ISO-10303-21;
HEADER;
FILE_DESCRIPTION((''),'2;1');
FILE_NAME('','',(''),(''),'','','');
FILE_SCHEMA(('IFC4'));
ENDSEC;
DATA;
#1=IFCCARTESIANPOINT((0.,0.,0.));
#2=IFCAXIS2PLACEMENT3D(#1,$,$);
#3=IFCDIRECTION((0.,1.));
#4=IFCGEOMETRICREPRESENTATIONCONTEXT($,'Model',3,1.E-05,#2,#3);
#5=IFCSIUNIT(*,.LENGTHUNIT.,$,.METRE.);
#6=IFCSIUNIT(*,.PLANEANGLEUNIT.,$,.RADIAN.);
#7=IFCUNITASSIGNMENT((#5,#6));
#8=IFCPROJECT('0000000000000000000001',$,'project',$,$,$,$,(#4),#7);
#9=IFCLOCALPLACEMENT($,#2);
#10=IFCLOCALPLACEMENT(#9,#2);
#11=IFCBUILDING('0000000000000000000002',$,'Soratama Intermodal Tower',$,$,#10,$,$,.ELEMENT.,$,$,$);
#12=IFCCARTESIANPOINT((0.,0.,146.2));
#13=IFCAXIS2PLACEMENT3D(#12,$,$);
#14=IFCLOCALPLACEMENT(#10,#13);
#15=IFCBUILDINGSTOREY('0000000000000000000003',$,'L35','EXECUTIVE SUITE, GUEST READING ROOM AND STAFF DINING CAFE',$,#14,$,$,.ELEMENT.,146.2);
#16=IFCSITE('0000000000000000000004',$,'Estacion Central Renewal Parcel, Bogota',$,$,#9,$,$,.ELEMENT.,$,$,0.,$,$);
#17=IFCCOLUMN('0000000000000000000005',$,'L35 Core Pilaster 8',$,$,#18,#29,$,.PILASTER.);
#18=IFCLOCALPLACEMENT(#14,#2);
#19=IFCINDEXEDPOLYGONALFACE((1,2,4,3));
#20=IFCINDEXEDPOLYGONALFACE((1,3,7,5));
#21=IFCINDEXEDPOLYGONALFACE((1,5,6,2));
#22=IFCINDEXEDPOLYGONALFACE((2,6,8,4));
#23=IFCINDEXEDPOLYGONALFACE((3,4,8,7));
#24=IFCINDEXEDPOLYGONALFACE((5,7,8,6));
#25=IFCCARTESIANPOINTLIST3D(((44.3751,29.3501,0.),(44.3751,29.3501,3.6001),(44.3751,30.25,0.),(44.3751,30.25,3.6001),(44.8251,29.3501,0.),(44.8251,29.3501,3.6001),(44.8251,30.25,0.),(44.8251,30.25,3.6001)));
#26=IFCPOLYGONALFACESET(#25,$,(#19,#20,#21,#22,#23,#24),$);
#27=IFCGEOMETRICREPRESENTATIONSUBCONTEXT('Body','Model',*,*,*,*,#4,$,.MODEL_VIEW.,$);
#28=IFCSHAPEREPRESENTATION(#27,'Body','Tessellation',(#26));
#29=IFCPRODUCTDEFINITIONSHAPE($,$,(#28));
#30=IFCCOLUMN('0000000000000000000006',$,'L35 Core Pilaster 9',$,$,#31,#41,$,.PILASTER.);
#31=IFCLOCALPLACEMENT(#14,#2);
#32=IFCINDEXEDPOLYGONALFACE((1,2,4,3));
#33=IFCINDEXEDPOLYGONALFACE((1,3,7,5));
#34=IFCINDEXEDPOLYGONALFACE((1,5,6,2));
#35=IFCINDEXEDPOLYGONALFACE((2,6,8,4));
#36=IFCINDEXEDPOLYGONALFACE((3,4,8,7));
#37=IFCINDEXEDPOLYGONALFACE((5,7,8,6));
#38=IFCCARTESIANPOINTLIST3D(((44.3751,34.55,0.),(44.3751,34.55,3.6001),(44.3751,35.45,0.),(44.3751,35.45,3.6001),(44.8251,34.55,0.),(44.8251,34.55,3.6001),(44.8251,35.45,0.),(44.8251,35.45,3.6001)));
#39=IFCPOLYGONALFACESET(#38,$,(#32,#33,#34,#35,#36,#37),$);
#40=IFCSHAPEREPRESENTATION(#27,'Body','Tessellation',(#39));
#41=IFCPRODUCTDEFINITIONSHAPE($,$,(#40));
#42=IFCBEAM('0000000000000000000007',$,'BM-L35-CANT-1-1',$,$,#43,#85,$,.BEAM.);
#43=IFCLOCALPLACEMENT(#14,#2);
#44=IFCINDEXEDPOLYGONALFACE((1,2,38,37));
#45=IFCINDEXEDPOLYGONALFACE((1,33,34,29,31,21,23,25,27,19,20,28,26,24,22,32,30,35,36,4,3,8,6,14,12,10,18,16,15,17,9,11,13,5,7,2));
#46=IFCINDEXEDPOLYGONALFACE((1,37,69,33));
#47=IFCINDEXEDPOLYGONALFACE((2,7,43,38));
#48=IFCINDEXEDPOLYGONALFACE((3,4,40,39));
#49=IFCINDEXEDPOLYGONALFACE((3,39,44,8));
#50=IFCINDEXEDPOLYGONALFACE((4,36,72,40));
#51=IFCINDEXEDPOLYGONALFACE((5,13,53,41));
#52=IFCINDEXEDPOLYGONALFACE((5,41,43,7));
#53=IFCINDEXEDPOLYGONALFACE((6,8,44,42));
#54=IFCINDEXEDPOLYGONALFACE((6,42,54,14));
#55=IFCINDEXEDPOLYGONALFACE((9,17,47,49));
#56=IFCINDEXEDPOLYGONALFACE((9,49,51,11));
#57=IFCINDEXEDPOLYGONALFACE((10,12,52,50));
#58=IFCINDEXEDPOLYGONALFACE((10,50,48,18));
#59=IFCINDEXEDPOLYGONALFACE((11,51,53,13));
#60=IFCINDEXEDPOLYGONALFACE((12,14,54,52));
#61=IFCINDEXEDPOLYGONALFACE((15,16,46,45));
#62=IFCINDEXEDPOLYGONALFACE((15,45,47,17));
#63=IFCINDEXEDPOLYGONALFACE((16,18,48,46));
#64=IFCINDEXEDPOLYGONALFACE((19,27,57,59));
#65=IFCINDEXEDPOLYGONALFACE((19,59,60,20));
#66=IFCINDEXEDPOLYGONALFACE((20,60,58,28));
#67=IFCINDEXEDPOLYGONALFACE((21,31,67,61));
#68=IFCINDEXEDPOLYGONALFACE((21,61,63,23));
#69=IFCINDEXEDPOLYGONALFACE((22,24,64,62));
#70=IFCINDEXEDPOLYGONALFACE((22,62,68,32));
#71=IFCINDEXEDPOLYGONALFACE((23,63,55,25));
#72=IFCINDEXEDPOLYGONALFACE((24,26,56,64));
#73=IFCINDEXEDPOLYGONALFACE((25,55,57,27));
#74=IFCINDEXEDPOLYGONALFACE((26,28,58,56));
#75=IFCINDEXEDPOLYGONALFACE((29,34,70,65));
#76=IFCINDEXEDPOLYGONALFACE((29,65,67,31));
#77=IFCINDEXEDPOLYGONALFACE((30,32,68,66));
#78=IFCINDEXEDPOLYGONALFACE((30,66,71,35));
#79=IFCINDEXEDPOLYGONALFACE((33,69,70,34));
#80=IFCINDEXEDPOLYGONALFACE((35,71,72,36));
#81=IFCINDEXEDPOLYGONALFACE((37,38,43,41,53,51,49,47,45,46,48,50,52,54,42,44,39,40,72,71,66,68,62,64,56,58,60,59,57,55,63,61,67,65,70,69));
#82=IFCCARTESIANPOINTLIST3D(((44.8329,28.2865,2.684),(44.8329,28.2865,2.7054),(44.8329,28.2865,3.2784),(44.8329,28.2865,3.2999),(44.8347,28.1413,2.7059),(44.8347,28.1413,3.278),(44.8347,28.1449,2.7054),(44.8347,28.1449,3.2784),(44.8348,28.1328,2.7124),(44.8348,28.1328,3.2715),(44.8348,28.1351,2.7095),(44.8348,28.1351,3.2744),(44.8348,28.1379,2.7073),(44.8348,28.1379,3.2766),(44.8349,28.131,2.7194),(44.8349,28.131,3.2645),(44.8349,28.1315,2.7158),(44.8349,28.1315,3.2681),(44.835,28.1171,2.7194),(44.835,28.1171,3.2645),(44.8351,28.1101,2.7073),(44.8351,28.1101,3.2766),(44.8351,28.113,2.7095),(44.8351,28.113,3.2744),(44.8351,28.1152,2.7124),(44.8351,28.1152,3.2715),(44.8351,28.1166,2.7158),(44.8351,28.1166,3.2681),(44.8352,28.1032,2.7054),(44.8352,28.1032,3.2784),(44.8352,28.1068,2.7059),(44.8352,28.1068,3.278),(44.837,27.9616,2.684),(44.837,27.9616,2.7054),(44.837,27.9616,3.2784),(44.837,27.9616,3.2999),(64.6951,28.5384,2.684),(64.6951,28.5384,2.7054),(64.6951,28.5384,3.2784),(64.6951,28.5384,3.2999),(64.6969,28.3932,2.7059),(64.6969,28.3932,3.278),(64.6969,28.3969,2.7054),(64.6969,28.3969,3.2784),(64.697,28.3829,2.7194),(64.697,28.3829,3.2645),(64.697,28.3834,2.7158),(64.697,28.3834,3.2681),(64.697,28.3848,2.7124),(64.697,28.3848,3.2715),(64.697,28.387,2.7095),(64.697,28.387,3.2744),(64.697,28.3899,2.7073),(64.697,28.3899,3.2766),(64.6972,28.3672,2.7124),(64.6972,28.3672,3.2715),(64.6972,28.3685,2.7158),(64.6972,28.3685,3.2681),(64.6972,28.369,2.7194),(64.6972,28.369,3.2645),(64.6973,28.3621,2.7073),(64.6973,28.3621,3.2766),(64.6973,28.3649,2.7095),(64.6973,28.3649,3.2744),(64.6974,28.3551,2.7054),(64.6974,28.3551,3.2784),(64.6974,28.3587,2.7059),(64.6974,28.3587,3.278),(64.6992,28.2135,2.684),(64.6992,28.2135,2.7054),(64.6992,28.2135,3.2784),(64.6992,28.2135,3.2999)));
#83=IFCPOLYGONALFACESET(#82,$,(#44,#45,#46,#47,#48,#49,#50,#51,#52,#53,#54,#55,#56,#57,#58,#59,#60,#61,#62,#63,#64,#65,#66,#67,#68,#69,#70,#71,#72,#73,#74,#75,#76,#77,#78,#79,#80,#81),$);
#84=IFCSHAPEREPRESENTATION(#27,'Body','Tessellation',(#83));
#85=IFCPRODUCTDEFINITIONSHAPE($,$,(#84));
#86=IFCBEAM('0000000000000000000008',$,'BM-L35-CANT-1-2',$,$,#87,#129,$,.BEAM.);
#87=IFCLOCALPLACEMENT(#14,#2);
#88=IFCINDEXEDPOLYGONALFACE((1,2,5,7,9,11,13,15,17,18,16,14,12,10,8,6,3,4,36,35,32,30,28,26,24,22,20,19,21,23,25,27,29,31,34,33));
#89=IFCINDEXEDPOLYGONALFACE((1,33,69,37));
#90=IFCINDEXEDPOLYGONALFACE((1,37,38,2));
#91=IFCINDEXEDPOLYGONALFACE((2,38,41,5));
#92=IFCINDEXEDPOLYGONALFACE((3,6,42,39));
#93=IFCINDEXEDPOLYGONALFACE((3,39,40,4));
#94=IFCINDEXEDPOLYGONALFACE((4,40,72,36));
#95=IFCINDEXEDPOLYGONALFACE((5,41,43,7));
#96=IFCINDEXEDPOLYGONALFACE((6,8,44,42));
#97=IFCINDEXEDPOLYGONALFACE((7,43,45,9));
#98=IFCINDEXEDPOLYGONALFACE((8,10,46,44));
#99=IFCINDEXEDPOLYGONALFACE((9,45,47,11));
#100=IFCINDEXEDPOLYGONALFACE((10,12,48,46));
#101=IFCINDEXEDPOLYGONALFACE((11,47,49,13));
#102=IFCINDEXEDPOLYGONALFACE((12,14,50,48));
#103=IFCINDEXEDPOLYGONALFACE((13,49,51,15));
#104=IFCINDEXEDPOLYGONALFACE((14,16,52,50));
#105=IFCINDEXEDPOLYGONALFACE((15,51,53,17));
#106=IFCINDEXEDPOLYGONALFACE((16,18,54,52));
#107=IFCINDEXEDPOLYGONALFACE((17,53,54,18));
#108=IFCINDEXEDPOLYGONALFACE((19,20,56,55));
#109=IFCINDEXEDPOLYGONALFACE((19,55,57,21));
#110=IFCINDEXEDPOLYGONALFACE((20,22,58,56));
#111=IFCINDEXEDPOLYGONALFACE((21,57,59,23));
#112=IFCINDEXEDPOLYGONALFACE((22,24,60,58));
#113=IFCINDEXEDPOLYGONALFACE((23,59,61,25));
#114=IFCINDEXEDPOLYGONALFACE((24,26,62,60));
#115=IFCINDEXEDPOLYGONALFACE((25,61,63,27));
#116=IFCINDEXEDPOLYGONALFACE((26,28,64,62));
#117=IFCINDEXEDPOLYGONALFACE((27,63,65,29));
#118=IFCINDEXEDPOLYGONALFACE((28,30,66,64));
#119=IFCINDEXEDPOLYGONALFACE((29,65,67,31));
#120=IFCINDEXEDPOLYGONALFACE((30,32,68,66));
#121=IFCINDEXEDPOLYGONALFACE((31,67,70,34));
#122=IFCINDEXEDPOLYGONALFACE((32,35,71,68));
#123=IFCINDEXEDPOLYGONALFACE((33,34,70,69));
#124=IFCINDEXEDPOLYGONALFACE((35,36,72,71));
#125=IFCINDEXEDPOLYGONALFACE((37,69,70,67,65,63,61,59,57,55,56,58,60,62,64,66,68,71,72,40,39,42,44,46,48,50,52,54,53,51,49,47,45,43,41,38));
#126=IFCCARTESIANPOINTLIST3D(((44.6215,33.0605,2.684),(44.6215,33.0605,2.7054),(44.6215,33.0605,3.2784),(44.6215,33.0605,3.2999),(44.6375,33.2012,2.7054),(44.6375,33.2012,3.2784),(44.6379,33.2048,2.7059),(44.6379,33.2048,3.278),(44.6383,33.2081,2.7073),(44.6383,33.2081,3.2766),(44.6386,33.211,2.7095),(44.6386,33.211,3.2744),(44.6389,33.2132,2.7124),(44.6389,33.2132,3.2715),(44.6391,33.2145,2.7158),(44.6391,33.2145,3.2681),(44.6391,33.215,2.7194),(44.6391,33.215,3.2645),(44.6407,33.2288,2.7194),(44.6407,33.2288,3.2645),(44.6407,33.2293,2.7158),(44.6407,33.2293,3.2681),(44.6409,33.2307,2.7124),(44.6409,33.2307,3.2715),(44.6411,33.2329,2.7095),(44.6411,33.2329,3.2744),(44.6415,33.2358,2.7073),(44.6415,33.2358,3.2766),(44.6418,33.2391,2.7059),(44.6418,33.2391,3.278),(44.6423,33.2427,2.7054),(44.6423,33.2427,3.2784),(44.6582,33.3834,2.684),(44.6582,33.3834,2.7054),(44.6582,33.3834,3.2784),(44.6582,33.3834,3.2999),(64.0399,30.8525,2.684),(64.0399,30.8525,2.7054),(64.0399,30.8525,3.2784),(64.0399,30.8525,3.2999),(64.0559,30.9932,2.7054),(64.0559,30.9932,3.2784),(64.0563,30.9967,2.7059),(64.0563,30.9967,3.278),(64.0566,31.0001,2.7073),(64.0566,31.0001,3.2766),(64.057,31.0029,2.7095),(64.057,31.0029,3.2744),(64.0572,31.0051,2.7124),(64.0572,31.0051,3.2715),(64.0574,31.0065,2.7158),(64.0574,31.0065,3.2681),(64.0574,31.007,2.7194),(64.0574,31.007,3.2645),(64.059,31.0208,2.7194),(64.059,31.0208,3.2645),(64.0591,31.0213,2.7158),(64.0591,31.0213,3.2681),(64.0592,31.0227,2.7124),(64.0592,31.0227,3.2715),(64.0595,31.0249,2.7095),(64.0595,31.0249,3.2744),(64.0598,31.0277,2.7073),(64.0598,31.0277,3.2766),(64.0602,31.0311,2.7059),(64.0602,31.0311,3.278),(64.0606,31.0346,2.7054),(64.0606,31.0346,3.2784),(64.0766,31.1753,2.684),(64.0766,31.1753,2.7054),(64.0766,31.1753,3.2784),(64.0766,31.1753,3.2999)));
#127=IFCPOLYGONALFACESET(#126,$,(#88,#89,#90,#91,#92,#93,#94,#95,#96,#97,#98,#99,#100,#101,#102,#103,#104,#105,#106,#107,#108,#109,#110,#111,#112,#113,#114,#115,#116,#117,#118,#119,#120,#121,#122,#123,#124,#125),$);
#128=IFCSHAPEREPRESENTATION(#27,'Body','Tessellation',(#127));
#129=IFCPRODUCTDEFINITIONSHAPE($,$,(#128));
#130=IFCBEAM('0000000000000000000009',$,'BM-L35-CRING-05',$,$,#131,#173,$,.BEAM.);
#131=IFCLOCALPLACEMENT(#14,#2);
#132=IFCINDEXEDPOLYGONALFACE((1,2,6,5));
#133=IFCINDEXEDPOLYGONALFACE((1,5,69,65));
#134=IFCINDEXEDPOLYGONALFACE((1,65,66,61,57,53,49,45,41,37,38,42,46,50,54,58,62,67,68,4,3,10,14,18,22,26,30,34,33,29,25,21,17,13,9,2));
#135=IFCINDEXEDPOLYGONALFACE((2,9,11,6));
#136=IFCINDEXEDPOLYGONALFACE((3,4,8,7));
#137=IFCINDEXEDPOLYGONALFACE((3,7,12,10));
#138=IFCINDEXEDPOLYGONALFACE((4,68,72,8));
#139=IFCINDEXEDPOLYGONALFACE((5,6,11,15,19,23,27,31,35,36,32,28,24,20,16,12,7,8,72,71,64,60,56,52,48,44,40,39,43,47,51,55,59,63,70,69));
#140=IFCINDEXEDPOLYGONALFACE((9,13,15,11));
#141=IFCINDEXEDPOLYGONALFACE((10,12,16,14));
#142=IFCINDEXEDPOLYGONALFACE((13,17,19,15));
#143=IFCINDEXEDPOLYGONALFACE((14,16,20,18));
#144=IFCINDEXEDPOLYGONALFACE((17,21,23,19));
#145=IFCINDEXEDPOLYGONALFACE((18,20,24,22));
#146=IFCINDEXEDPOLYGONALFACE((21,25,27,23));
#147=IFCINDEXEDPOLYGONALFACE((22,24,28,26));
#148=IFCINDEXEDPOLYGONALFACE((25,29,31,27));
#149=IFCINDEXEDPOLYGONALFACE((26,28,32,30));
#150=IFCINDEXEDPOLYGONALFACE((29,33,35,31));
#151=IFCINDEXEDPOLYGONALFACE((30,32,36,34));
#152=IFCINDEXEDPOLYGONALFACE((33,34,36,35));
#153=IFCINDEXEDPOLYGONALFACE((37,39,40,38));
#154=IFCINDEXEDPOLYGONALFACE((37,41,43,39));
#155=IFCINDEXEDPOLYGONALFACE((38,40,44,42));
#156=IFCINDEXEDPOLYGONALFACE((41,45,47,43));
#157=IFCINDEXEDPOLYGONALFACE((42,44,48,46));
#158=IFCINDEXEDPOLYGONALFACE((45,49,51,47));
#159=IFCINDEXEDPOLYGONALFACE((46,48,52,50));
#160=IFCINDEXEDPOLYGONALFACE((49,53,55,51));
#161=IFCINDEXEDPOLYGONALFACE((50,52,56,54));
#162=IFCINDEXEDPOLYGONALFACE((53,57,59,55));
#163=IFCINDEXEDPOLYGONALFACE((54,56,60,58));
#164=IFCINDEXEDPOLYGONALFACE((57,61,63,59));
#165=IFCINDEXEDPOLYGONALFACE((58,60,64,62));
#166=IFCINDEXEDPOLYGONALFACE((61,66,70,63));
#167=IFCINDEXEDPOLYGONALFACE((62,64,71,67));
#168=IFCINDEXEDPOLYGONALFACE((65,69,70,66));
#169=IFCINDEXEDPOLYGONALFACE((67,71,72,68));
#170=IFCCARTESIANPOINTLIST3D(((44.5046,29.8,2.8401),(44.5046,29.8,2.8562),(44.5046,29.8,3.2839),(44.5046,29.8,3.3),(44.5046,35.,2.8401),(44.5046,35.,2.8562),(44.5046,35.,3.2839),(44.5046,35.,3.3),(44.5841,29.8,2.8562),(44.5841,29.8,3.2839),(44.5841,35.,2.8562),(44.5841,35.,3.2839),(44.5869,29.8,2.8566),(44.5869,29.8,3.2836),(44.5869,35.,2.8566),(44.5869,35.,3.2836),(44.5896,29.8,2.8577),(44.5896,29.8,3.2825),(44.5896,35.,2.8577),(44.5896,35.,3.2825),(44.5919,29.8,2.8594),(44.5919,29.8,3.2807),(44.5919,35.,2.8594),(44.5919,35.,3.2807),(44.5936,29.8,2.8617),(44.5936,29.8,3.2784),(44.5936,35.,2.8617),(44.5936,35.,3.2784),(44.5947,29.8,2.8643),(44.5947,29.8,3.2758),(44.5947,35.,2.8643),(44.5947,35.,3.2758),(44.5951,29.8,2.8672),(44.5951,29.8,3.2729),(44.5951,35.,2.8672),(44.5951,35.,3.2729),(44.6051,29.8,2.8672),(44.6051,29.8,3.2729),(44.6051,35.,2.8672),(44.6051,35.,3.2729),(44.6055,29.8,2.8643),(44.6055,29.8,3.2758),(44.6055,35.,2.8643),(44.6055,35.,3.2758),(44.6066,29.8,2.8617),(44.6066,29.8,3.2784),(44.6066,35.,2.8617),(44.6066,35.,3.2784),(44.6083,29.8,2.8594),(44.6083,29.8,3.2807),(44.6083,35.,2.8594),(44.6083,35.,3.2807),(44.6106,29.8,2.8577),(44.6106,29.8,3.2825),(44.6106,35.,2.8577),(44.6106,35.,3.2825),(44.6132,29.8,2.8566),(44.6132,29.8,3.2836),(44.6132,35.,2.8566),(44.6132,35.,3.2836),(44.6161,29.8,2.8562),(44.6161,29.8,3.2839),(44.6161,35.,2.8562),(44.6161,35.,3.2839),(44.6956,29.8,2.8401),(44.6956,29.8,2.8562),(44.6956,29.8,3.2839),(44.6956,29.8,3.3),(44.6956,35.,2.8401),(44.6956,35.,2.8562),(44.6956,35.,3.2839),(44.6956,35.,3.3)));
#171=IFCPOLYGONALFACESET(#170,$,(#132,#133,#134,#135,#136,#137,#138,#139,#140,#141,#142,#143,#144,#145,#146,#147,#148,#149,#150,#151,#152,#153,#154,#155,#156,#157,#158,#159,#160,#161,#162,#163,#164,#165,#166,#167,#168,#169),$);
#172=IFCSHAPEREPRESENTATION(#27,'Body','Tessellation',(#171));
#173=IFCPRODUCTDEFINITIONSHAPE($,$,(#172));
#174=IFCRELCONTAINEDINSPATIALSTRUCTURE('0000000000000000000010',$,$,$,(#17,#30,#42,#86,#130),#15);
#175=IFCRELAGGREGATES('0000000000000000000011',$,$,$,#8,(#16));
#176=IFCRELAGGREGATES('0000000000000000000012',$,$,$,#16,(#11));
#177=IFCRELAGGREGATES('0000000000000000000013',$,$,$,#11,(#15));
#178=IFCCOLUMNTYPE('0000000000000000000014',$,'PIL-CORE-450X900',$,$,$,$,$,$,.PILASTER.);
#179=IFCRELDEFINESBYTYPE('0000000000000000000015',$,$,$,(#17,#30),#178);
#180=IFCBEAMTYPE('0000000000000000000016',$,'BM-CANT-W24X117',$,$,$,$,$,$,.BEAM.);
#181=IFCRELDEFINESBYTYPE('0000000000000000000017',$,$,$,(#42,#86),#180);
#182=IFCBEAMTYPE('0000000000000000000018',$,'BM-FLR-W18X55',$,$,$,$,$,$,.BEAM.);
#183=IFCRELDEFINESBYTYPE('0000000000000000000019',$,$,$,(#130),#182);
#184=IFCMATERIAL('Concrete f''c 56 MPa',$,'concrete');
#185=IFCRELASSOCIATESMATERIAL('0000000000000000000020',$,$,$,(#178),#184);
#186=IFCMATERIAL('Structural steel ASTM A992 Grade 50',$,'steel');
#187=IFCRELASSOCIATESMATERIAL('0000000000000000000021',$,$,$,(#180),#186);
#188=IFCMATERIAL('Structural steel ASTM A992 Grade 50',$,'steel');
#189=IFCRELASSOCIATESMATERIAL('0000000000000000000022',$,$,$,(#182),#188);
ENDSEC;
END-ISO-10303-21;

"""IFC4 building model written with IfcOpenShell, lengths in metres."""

from ifc_helpers import new_model, si_unit, direction, frame, origin, origin_2d, place, context, subcontext, project, spatial, rectangle, i_section, extrude, material, material_profile, profile_set, type_object, element, save


model = new_model("IFC4")

# Units and contexts
model_context = context("Model", 3, precision=1e-05, world=origin(), true_north=direction((0.0, 1.0)))
body_context = subcontext(model_context, "Body", "Model", "MODEL_VIEW")
ifc_project = project(units=[si_unit("LENGTHUNIT", "METRE"), si_unit("PLANEANGLEUNIT", "RADIAN")], contexts=[model_context])

# Site, building, storey
site_placement = place(None, origin())
site = spatial("IfcSite", under=ifc_project, at=site_placement, Name="Estacion Central Renewal Parcel, Bogota", CompositionType="ELEMENT", RefElevation=0.0)
building_placement = place(site_placement, origin())
building = spatial("IfcBuilding", under=site, at=building_placement, Name="Soratama Intermodal Tower", CompositionType="ELEMENT")
storey_placement = place(building_placement, frame((0.0, 0.0, 146.2)))
storey = spatial("IfcBuildingStorey", under=building, at=storey_placement, Name="L35", Description="EXECUTIVE SUITE, GUEST READING ROOM AND STAFF DINING CAFE", CompositionType="ELEMENT", Elevation=146.2)

# Columns
ifc_material_1 = material(Name="Concrete f'c 56 MPa", Category="concrete")
ifc_material_profile_1 = material_profile(ifc_material_1, rectangle(XDim=0.45, YDim=0.8999, at=origin_2d()), Name="RC450X900")
ifc_profile_set_1 = profile_set([ifc_material_profile_1], Name="Concrete f'c 56 MPa")
column_type = type_object("IfcColumnType", Name="PIL-CORE-450X900", PredefinedType="PILASTER", material=ifc_profile_set_1)
for number, where, z_axis, x_axis, name in (
    (1, (44.6001, 29.8, 0.0), (0.0, 0.0, 1.0), (1.0, 0.0, 0.0), "L35 Core Pilaster 8"),
    (2, (44.6001, 35.0, 0.0), (0.0, 0.0, 1.0), (1.0, 0.0, 0.0), "L35 Core Pilaster 9"),
):
    element("IfcColumn", number, at=place(storey_placement, frame(where, z_axis=z_axis, x_axis=x_axis)), inside=storey, type_object=column_type, Name=name, PredefinedType="PILASTER", context=body_context, shape_type="SweptSolid", body=[
        extrude(rectangle(XDim=0.45, YDim=0.8999, at=origin_2d()), origin(), (0.0, 0.0, 1.0), 3.6001),
    ])

# Beams
ifc_material_2 = material(Name="Structural steel ASTM A992 Grade 50", Category="steel")
ifc_material_profile_2 = material_profile(ifc_material_2, i_section(OverallWidth=0.325, OverallDepth=0.616, WebThickness=0.0139, FlangeThickness=0.0215, FilletRadius=0.0139, at=origin_2d()), Name="W24X117")
ifc_profile_set_2 = profile_set([ifc_material_profile_2], Name="Structural steel ASTM A992 Grade 50")
beam_type_1 = type_object("IfcBeamType", Name="BM-CANT-W24X117", PredefinedType="BEAM", material=ifc_profile_set_2)
beam_1_placement = place(storey_placement, frame((44.835, 28.124, 2.9919), z_axis=(0.99992, 0.012684, 0.0), x_axis=(-0.012684, 0.99992, 0.0)))
element("IfcBeam", 3, at=beam_1_placement, inside=storey, type_object=beam_type_1, Name="BM-L35-CANT-1-1", PredefinedType="BEAM", context=body_context, shape_type="SweptSolid", body=[
    extrude(i_section(OverallWidth=0.325, OverallDepth=0.616, WebThickness=0.0139, FlangeThickness=0.0215, FilletRadius=0.0139, at=origin_2d()), origin(), (0.0, 0.0, 1.0), 19.8638),
])
beam_2_placement = place(storey_placement, frame((44.6399, 33.2219, 2.9919), z_axis=(0.993597, -0.11298, 0.0), x_axis=(0.11298, 0.993597, 0.0)))
element("IfcBeam", 4, at=beam_2_placement, inside=storey, type_object=beam_type_1, Name="BM-L35-CANT-1-2", PredefinedType="BEAM", context=body_context, shape_type="SweptSolid", body=[
    extrude(i_section(OverallWidth=0.325, OverallDepth=0.616, WebThickness=0.0139, FlangeThickness=0.0215, FilletRadius=0.0139, at=origin_2d()), origin(), (0.0, 0.0, 1.0), 19.5435),
])
ifc_material_3 = material(Name="Structural steel ASTM A992 Grade 50", Category="steel")
ifc_material_profile_3 = material_profile(ifc_material_3, i_section(OverallWidth=0.1909, OverallDepth=0.46, WebThickness=0.01, FlangeThickness=0.0161, FilletRadius=0.011, at=origin_2d()), Name="W18X55")
ifc_profile_set_3 = profile_set([ifc_material_profile_3], Name="Structural steel ASTM A992 Grade 50")
beam_type_2 = type_object("IfcBeamType", Name="BM-FLR-W18X55", PredefinedType="BEAM", material=ifc_profile_set_3)
beam_3_placement = place(storey_placement, frame((44.6001, 29.8, 3.0701), z_axis=(0.0, 1.0, 0.0), x_axis=(-1.0, 0.0, 0.0)))
element("IfcBeam", 5, at=beam_3_placement, inside=storey, type_object=beam_type_2, Name="BM-L35-CRING-05", PredefinedType="BEAM", context=body_context, shape_type="SweptSolid", body=[
    extrude(i_section(OverallWidth=0.1909, OverallDepth=0.46, WebThickness=0.01, FlangeThickness=0.0161, FilletRadius=0.011, at=origin_2d()), origin(), (0.0, 0.0, 1.0), 5.2),
])

save(model, "model.ifc")
